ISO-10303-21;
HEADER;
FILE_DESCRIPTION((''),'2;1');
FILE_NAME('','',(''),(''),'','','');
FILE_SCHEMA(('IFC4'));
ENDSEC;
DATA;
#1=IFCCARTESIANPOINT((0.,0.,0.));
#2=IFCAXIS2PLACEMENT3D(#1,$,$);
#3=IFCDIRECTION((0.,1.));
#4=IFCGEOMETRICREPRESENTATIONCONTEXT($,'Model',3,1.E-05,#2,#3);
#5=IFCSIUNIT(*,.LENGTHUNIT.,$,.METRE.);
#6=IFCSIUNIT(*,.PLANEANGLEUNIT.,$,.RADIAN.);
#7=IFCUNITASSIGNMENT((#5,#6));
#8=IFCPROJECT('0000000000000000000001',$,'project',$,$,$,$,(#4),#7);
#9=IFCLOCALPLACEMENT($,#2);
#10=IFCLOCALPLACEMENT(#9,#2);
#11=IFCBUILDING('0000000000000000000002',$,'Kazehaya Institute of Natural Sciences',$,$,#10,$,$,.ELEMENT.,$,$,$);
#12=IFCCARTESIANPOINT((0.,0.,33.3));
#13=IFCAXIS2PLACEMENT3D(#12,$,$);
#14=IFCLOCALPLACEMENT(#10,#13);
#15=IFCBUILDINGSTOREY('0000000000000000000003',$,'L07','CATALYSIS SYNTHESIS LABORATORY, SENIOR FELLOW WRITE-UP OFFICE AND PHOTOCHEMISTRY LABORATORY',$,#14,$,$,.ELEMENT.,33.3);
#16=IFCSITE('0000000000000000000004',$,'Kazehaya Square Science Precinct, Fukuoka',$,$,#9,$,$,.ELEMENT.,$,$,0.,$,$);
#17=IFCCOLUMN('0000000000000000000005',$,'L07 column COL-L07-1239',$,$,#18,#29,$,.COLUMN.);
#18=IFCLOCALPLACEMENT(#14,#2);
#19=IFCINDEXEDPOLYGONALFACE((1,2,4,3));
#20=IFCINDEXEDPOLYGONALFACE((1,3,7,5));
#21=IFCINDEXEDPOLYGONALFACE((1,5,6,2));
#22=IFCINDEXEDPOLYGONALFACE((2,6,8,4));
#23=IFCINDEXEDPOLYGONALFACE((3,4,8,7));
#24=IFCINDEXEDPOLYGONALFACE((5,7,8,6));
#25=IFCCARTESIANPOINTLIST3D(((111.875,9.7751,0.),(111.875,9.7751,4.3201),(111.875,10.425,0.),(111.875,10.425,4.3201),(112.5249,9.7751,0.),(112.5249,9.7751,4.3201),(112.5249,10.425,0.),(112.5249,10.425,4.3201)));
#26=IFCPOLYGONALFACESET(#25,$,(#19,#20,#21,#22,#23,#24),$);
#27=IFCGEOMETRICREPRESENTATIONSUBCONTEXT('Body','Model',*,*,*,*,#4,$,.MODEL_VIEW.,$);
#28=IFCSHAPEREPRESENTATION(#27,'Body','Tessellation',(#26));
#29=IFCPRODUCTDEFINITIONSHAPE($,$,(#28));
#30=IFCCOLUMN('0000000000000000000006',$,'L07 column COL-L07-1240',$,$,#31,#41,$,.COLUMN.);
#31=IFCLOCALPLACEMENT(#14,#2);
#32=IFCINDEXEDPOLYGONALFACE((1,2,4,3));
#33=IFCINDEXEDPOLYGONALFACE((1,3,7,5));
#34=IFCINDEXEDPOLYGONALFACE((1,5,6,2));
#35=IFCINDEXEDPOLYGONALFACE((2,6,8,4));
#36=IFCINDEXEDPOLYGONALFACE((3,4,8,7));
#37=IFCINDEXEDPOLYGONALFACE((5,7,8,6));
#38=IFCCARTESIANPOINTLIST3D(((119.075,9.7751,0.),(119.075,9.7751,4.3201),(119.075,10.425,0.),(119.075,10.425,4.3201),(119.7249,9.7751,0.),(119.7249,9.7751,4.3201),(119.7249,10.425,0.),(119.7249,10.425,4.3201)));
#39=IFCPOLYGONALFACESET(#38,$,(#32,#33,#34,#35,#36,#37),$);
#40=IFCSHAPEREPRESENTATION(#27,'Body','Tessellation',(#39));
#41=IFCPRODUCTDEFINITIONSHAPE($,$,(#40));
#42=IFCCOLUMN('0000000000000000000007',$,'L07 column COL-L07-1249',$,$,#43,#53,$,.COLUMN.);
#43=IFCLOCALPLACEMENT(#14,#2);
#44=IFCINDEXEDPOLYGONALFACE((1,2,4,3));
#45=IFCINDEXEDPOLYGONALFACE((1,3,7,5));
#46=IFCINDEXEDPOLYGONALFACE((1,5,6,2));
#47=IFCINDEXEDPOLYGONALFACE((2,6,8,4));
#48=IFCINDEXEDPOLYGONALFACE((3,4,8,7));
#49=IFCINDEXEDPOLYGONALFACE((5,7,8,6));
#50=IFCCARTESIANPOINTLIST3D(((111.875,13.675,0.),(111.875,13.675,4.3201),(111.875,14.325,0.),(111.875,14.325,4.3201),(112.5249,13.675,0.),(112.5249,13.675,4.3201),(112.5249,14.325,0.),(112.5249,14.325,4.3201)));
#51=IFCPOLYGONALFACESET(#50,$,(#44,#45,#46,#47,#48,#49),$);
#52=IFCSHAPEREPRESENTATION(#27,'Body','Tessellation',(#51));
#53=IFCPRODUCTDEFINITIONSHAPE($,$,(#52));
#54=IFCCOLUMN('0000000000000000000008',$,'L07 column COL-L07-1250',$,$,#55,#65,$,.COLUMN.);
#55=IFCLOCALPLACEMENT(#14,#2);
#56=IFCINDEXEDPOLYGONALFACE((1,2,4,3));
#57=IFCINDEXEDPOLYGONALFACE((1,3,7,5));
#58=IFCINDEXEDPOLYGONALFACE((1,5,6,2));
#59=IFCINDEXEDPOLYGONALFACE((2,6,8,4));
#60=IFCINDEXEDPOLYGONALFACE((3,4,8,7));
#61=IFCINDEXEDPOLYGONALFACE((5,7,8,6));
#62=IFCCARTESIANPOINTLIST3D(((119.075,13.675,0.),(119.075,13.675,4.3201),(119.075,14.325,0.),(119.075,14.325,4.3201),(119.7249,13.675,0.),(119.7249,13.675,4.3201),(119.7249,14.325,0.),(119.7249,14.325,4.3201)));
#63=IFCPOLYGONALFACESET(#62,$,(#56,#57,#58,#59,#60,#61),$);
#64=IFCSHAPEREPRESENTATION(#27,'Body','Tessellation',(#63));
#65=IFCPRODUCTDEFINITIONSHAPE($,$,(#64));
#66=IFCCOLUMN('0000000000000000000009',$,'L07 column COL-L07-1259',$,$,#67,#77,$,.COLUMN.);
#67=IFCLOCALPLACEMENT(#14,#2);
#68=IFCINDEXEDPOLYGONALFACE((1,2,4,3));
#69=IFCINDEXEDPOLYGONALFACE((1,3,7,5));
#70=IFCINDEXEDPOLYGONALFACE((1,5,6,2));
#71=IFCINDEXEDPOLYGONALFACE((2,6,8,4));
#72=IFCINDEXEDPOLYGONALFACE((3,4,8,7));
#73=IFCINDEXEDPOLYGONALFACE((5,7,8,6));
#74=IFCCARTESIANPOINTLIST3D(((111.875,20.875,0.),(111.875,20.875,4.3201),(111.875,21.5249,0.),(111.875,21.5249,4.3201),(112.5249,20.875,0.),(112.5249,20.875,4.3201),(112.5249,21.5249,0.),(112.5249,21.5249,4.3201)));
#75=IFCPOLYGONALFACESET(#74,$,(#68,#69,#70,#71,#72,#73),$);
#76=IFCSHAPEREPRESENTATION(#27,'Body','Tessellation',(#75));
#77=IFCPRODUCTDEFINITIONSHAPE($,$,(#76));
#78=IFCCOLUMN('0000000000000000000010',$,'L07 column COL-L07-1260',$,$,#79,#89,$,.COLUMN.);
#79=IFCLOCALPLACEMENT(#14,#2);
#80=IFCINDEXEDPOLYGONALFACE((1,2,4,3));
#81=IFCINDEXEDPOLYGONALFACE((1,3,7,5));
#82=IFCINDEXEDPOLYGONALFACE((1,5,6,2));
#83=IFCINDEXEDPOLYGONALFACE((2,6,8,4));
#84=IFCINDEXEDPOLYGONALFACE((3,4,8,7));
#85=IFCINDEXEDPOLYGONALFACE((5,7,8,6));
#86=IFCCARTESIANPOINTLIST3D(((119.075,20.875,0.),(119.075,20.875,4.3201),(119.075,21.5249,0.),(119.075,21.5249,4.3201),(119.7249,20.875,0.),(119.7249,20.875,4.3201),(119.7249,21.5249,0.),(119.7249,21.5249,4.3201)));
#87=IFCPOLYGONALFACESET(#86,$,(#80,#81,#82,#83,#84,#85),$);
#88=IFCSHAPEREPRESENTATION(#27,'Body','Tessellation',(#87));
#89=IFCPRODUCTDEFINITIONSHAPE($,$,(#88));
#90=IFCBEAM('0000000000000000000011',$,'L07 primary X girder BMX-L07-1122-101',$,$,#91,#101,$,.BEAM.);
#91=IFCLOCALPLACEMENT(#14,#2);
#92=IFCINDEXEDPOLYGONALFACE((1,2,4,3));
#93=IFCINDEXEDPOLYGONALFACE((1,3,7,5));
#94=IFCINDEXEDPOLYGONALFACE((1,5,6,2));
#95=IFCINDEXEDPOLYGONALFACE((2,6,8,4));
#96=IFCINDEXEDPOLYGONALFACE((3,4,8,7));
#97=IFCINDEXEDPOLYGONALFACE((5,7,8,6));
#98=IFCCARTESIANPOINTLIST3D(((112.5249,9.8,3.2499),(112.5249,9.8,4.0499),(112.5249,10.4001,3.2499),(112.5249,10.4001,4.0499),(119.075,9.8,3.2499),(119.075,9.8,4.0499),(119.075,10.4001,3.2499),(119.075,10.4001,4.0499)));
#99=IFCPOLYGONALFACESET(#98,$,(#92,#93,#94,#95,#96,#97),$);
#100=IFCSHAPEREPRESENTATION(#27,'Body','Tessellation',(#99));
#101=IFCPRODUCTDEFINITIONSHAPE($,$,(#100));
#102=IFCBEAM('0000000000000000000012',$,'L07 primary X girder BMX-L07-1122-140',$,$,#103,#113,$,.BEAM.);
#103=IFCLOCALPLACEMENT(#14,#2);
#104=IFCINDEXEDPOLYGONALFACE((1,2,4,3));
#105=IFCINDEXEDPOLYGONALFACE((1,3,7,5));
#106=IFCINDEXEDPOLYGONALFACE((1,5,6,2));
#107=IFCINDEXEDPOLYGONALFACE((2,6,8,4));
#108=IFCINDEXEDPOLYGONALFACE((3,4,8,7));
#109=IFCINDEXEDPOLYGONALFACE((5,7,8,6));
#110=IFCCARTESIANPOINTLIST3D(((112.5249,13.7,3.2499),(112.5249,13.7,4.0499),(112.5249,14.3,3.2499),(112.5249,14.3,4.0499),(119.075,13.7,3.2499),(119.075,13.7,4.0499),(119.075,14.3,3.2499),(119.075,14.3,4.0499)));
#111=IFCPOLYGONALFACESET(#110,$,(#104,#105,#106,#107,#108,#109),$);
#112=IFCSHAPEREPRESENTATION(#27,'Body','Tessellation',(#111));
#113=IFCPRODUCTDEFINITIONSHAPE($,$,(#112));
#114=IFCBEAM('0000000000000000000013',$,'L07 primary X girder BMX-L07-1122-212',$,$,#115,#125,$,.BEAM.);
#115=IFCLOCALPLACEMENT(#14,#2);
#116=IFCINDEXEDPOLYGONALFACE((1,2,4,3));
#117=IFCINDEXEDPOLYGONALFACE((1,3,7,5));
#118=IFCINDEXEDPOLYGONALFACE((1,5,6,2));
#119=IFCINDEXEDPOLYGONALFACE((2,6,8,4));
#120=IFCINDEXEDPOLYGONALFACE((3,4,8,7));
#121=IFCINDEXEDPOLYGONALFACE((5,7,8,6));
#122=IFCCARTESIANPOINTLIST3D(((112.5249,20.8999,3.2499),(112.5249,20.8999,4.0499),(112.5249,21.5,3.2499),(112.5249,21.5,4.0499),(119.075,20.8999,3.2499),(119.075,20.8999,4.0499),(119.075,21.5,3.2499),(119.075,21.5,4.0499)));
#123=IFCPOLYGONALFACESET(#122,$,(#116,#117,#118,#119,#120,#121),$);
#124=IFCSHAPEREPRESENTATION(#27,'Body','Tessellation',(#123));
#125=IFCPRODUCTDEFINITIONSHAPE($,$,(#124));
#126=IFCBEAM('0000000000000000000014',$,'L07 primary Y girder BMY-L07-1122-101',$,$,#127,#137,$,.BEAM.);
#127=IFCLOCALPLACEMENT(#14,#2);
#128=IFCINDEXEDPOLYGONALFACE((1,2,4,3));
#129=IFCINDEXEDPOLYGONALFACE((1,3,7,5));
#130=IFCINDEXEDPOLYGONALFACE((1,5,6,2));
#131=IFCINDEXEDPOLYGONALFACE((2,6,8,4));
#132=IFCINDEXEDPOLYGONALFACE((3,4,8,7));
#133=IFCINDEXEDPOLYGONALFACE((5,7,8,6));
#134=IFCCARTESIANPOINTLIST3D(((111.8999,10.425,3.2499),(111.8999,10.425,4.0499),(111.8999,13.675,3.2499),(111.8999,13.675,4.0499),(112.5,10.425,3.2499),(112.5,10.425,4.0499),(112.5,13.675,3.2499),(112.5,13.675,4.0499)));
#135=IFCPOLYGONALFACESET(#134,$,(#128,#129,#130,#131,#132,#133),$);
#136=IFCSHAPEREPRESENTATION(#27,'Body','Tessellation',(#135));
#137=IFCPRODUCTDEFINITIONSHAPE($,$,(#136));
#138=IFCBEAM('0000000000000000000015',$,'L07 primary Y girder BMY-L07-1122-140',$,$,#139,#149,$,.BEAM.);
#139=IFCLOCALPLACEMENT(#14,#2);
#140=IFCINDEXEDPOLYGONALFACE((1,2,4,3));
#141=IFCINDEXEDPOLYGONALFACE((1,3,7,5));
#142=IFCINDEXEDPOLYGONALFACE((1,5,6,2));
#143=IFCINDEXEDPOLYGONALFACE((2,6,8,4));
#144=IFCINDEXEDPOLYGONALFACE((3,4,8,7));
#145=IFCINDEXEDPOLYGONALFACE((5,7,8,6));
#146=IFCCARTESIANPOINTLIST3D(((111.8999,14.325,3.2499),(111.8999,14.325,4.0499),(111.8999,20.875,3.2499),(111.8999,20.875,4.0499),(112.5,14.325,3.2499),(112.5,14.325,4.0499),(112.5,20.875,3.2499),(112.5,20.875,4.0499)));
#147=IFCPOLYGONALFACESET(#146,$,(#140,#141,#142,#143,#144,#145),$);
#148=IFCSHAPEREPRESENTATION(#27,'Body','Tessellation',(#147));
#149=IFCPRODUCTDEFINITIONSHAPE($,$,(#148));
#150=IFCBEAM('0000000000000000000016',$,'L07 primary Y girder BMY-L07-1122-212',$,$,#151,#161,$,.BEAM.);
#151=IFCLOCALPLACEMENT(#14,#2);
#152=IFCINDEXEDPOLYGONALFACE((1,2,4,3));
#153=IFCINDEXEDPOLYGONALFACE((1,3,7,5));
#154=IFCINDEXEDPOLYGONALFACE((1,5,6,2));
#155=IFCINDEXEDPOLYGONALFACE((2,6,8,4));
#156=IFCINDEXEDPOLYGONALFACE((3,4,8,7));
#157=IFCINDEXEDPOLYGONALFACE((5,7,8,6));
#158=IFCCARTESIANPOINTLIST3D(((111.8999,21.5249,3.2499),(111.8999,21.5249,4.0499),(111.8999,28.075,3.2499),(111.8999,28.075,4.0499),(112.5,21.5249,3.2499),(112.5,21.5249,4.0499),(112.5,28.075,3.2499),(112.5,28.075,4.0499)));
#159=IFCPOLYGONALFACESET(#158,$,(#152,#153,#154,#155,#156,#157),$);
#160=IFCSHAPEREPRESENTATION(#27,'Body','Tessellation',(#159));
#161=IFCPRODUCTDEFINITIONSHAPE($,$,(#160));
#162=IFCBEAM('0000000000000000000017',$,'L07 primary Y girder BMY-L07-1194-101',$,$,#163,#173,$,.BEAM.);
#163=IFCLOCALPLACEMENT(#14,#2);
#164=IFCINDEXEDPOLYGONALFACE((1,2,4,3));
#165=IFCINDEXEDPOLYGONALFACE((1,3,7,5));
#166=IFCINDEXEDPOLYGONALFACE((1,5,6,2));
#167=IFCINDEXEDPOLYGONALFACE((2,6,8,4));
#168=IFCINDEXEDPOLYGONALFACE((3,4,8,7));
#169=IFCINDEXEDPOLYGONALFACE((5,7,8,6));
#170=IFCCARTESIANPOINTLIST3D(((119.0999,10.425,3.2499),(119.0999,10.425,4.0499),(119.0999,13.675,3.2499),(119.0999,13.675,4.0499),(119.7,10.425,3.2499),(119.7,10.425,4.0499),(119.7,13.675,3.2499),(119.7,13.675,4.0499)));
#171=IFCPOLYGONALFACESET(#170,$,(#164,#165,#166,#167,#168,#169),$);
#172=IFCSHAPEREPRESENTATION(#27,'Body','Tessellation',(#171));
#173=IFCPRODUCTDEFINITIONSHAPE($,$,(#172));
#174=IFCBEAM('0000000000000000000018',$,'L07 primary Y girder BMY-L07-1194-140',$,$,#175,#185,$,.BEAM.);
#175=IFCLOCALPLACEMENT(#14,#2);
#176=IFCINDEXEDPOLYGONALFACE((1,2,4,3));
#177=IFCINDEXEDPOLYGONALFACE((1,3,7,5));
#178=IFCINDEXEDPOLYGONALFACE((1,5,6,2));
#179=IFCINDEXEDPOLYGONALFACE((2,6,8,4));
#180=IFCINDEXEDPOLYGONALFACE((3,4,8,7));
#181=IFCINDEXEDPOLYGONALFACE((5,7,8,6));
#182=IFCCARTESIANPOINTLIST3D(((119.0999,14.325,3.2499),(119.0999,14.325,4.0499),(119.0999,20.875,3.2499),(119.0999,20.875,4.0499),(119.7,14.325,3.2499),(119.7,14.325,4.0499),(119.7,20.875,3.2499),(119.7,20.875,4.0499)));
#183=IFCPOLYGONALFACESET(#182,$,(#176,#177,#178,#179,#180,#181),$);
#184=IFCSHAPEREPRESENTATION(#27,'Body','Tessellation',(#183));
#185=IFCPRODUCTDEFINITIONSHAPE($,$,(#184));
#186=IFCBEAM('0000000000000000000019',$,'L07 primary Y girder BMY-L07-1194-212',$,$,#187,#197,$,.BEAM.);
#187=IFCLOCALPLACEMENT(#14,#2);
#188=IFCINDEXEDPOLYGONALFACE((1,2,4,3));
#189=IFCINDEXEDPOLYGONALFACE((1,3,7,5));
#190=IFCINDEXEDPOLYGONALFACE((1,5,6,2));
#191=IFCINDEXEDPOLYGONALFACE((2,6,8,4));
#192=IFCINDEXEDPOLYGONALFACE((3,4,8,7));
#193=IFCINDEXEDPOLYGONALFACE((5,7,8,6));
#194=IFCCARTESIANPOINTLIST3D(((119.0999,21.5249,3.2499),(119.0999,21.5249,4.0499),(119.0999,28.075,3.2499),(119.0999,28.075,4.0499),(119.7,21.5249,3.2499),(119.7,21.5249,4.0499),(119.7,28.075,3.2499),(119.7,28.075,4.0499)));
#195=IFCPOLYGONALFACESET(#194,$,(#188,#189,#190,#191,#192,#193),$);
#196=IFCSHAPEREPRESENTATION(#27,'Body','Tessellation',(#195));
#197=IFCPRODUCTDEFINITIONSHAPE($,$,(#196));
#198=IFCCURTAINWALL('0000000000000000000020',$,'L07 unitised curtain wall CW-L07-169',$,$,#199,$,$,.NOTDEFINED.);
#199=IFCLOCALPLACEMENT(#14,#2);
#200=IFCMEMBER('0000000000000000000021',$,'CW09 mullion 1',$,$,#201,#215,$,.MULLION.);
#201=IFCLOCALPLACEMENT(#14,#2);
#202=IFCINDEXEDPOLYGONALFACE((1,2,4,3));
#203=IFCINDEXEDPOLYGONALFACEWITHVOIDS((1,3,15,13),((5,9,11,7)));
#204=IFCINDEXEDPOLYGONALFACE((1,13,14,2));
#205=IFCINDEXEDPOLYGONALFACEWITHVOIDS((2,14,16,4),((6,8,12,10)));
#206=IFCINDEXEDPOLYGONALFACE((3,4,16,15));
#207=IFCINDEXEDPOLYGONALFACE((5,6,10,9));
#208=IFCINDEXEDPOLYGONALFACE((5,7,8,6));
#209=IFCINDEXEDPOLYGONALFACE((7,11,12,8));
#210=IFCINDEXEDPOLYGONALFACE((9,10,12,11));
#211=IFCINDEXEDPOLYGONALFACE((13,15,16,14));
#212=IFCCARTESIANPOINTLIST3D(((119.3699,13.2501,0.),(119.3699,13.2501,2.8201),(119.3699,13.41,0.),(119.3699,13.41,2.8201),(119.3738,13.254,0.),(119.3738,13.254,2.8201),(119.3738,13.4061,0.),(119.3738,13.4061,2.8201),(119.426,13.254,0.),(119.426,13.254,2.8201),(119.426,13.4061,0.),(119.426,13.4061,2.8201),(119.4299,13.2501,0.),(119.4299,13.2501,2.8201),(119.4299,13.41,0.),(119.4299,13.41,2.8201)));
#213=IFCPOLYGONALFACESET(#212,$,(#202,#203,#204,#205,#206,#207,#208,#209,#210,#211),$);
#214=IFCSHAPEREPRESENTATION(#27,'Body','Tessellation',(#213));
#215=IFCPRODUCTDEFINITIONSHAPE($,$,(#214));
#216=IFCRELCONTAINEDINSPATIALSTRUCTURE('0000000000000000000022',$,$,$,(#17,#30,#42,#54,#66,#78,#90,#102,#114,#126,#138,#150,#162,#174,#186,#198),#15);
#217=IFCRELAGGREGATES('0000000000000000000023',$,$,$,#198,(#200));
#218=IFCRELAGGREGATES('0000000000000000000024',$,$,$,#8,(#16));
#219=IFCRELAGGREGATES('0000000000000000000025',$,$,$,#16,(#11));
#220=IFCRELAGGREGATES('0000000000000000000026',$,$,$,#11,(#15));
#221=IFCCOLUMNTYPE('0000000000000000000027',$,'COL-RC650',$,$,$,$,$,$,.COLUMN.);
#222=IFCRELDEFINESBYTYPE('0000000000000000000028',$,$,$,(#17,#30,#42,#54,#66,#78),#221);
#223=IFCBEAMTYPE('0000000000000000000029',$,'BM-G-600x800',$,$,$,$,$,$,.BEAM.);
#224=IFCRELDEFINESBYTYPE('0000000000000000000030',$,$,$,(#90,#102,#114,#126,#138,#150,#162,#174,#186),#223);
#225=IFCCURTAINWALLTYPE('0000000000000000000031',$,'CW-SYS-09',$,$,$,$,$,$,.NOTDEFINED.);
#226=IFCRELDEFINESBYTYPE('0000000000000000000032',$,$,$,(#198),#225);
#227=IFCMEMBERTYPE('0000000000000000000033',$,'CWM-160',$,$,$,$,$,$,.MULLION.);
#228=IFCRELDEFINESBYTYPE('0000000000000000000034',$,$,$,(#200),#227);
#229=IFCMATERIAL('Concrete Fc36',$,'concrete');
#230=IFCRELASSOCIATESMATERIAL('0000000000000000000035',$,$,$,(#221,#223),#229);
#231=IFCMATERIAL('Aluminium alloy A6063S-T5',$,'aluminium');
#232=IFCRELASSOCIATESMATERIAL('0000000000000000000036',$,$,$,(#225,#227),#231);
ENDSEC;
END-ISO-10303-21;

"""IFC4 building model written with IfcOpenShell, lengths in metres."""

from ifc_helpers import new_model, si_unit, direction, frame, origin, origin_2d, place, context, subcontext, project, spatial, rectangle, hollow_rectangle, extrude, material, material_profile, profile_set, type_object, element, aggregate, save


model = new_model("IFC4")

# Units and contexts
model_context = context("Model", 3, precision=1e-05, world=origin(), true_north=direction((0.0, 1.0)))
body_context = subcontext(model_context, "Body", "Model", "MODEL_VIEW")
ifc_project = project(units=[si_unit("LENGTHUNIT", "METRE"), si_unit("PLANEANGLEUNIT", "RADIAN")], contexts=[model_context])

# Site, building, storey
site_placement = place(None, origin())
site = spatial("IfcSite", under=ifc_project, at=site_placement, Name="Kazehaya Square Science Precinct, Fukuoka", CompositionType="ELEMENT", RefElevation=0.0)
building_placement = place(site_placement, origin())
building = spatial("IfcBuilding", under=site, at=building_placement, Name="Kazehaya Institute of Natural Sciences", CompositionType="ELEMENT")
storey_placement = place(building_placement, frame((0.0, 0.0, 33.3)))
storey = spatial("IfcBuildingStorey", under=building, at=storey_placement, Name="L07", Description="CATALYSIS SYNTHESIS LABORATORY, SENIOR FELLOW WRITE-UP OFFICE AND PHOTOCHEMISTRY LABORATORY", CompositionType="ELEMENT", Elevation=33.3)

# Columns
ifc_material_1 = material(Name="Concrete Fc36", Category="concrete")
ifc_material_profile_1 = material_profile(ifc_material_1, rectangle(XDim=0.6499, YDim=0.6499, at=origin_2d()), Name="RC-650x650")
ifc_profile_set_1 = profile_set([ifc_material_profile_1], Name="Concrete Fc36")
column_type = type_object("IfcColumnType", Name="COL-RC650", PredefinedType="COLUMN", material=ifc_profile_set_1)
for number, where, z_axis, x_axis, name in (
    (1, (112.2, 10.1001, 0.0), (0.0, 0.0, 1.0), (1.0, 0.0, 0.0), "L07 column COL-L07-1239"),
    (2, (119.3999, 10.1001, 0.0), (0.0, 0.0, 1.0), (1.0, 0.0, 0.0), "L07 column COL-L07-1240"),
    (3, (112.2, 14.0, 0.0), (0.0, 0.0, 1.0), (1.0, 0.0, 0.0), "L07 column COL-L07-1249"),
    (4, (119.3999, 14.0, 0.0), (0.0, 0.0, 1.0), (1.0, 0.0, 0.0), "L07 column COL-L07-1250"),
    (5, (112.2, 21.2, 0.0), (0.0, 0.0, 1.0), (1.0, 0.0, 0.0), "L07 column COL-L07-1259"),
    (6, (119.3999, 21.2, 0.0), (0.0, 0.0, 1.0), (1.0, 0.0, 0.0), "L07 column COL-L07-1260"),
):
    element("IfcColumn", number, at=place(storey_placement, frame(where, z_axis=z_axis, x_axis=x_axis)), inside=storey, type_object=column_type, Name=name, PredefinedType="COLUMN", context=body_context, shape_type="SweptSolid", body=[
        extrude(rectangle(XDim=0.6499, YDim=0.6499, at=origin_2d()), origin(), (0.0, 0.0, 1.0), 4.3201),
    ])

# Beams
ifc_material_profile_2 = material_profile(ifc_material_1, rectangle(XDim=0.6001, YDim=0.8, at=origin_2d()), Name="RC-600x800")
ifc_profile_set_2 = profile_set([ifc_material_profile_2], Name="Concrete Fc36")
beam_type = type_object("IfcBeamType", Name="BM-G-600x800", PredefinedType="BEAM", material=ifc_profile_set_2)
for number, where, z_axis, x_axis, name in (
    (7, (112.5249, 10.1001, 3.6499), (1.0, 0.0, 0.0), (0.0, 1.0, 0.0), "L07 primary X girder BMX-L07-1122-101"),
    (8, (112.5249, 14.0, 3.6499), (1.0, 0.0, 0.0), (0.0, 1.0, 0.0), "L07 primary X girder BMX-L07-1122-140"),
    (9, (112.5249, 21.2, 3.6499), (1.0, 0.0, 0.0), (0.0, 1.0, 0.0), "L07 primary X girder BMX-L07-1122-212"),
):
    element("IfcBeam", number, at=place(storey_placement, frame(where, z_axis=z_axis, x_axis=x_axis)), inside=storey, type_object=beam_type, Name=name, PredefinedType="BEAM", context=body_context, shape_type="SweptSolid", body=[
        extrude(rectangle(XDim=0.6001, YDim=0.8, at=origin_2d()), origin(), (0.0, 0.0, 1.0), 6.55),
    ])
beam_1_placement = place(storey_placement, frame((112.2, 10.425, 3.6499), z_axis=(0.0, 1.0, 0.0), x_axis=(-1.0, 0.0, 0.0)))
element("IfcBeam", 10, at=beam_1_placement, inside=storey, type_object=beam_type, Name="L07 primary Y girder BMY-L07-1122-101", PredefinedType="BEAM", context=body_context, shape_type="SweptSolid", body=[
    extrude(rectangle(XDim=0.6001, YDim=0.8, at=origin_2d()), origin(), (0.0, 0.0, 1.0), 3.25),
])
for number, where, z_axis, x_axis, name in (
    (11, (112.2, 14.325, 3.6499), (0.0, 1.0, 0.0), (-1.0, 0.0, 0.0), "L07 primary Y girder BMY-L07-1122-140"),
    (12, (112.2, 21.5249, 3.6499), (0.0, 1.0, 0.0), (-1.0, 0.0, 0.0), "L07 primary Y girder BMY-L07-1122-212"),
):
    element("IfcBeam", number, at=place(storey_placement, frame(where, z_axis=z_axis, x_axis=x_axis)), inside=storey, type_object=beam_type, Name=name, PredefinedType="BEAM", context=body_context, shape_type="SweptSolid", body=[
        extrude(rectangle(XDim=0.6001, YDim=0.8, at=origin_2d()), origin(), (0.0, 0.0, 1.0), 6.55),
    ])
beam_2_placement = place(storey_placement, frame((119.3999, 10.425, 3.6499), z_axis=(0.0, 1.0, 0.0), x_axis=(-1.0, 0.0, 0.0)))
element("IfcBeam", 13, at=beam_2_placement, inside=storey, type_object=beam_type, Name="L07 primary Y girder BMY-L07-1194-101", PredefinedType="BEAM", context=body_context, shape_type="SweptSolid", body=[
    extrude(rectangle(XDim=0.6001, YDim=0.8, at=origin_2d()), origin(), (0.0, 0.0, 1.0), 3.25),
])
for number, where, z_axis, x_axis, name in (
    (14, (119.3999, 14.325, 3.6499), (0.0, 1.0, 0.0), (-1.0, 0.0, 0.0), "L07 primary Y girder BMY-L07-1194-140"),
    (15, (119.3999, 21.5249, 3.6499), (0.0, 1.0, 0.0), (-1.0, 0.0, 0.0), "L07 primary Y girder BMY-L07-1194-212"),
):
    element("IfcBeam", number, at=place(storey_placement, frame(where, z_axis=z_axis, x_axis=x_axis)), inside=storey, type_object=beam_type, Name=name, PredefinedType="BEAM", context=body_context, shape_type="SweptSolid", body=[
        extrude(rectangle(XDim=0.6001, YDim=0.8, at=origin_2d()), origin(), (0.0, 0.0, 1.0), 6.55),
    ])

# Curtain wall, member
ifc_material_2 = material(Name="Aluminium alloy A6063S-T5", Category="aluminium")
curtain_wall_type_1 = type_object("IfcCurtainWallType", Name="CW-SYS-09", PredefinedType="NOTDEFINED", material=ifc_material_2)
curtain_wall_1_placement = place(storey_placement, origin())
curtain_wall_1 = element("IfcCurtainWall", 16, at=curtain_wall_1_placement, inside=storey, type_object=curtain_wall_type_1, Name="L07 unitised curtain wall CW-L07-169", PredefinedType="NOTDEFINED")
ifc_material_profile_3 = material_profile(ifc_material_2, hollow_rectangle(XDim=0.0601, YDim=0.1599, WallThickness=0.0039, at=origin_2d()), Name="ALU-60x160x4")
ifc_profile_set_3 = profile_set([ifc_material_profile_3], Name="Aluminium alloy A6063S-T5")
member_type_1 = type_object("IfcMemberType", Name="CWM-160", PredefinedType="MULLION", material=ifc_profile_set_3)
member_1_placement = place(storey_placement, frame((119.3999, 13.3301, 0.0), z_axis=(0.0, 0.0, 1.0), x_axis=(1.0, 0.0, 0.0)))
member_1 = element("IfcMember", 17, at=member_1_placement, type_object=member_type_1, Name="CW09 mullion 1", PredefinedType="MULLION", context=body_context, shape_type="SweptSolid", body=[
    extrude(hollow_rectangle(XDim=0.0601, YDim=0.1599, WallThickness=0.0039, at=origin_2d()), origin(), (0.0, 0.0, 1.0), 2.8201),
])

aggregate(curtain_wall_1, [member_1])

save(model, "model.ifc")
